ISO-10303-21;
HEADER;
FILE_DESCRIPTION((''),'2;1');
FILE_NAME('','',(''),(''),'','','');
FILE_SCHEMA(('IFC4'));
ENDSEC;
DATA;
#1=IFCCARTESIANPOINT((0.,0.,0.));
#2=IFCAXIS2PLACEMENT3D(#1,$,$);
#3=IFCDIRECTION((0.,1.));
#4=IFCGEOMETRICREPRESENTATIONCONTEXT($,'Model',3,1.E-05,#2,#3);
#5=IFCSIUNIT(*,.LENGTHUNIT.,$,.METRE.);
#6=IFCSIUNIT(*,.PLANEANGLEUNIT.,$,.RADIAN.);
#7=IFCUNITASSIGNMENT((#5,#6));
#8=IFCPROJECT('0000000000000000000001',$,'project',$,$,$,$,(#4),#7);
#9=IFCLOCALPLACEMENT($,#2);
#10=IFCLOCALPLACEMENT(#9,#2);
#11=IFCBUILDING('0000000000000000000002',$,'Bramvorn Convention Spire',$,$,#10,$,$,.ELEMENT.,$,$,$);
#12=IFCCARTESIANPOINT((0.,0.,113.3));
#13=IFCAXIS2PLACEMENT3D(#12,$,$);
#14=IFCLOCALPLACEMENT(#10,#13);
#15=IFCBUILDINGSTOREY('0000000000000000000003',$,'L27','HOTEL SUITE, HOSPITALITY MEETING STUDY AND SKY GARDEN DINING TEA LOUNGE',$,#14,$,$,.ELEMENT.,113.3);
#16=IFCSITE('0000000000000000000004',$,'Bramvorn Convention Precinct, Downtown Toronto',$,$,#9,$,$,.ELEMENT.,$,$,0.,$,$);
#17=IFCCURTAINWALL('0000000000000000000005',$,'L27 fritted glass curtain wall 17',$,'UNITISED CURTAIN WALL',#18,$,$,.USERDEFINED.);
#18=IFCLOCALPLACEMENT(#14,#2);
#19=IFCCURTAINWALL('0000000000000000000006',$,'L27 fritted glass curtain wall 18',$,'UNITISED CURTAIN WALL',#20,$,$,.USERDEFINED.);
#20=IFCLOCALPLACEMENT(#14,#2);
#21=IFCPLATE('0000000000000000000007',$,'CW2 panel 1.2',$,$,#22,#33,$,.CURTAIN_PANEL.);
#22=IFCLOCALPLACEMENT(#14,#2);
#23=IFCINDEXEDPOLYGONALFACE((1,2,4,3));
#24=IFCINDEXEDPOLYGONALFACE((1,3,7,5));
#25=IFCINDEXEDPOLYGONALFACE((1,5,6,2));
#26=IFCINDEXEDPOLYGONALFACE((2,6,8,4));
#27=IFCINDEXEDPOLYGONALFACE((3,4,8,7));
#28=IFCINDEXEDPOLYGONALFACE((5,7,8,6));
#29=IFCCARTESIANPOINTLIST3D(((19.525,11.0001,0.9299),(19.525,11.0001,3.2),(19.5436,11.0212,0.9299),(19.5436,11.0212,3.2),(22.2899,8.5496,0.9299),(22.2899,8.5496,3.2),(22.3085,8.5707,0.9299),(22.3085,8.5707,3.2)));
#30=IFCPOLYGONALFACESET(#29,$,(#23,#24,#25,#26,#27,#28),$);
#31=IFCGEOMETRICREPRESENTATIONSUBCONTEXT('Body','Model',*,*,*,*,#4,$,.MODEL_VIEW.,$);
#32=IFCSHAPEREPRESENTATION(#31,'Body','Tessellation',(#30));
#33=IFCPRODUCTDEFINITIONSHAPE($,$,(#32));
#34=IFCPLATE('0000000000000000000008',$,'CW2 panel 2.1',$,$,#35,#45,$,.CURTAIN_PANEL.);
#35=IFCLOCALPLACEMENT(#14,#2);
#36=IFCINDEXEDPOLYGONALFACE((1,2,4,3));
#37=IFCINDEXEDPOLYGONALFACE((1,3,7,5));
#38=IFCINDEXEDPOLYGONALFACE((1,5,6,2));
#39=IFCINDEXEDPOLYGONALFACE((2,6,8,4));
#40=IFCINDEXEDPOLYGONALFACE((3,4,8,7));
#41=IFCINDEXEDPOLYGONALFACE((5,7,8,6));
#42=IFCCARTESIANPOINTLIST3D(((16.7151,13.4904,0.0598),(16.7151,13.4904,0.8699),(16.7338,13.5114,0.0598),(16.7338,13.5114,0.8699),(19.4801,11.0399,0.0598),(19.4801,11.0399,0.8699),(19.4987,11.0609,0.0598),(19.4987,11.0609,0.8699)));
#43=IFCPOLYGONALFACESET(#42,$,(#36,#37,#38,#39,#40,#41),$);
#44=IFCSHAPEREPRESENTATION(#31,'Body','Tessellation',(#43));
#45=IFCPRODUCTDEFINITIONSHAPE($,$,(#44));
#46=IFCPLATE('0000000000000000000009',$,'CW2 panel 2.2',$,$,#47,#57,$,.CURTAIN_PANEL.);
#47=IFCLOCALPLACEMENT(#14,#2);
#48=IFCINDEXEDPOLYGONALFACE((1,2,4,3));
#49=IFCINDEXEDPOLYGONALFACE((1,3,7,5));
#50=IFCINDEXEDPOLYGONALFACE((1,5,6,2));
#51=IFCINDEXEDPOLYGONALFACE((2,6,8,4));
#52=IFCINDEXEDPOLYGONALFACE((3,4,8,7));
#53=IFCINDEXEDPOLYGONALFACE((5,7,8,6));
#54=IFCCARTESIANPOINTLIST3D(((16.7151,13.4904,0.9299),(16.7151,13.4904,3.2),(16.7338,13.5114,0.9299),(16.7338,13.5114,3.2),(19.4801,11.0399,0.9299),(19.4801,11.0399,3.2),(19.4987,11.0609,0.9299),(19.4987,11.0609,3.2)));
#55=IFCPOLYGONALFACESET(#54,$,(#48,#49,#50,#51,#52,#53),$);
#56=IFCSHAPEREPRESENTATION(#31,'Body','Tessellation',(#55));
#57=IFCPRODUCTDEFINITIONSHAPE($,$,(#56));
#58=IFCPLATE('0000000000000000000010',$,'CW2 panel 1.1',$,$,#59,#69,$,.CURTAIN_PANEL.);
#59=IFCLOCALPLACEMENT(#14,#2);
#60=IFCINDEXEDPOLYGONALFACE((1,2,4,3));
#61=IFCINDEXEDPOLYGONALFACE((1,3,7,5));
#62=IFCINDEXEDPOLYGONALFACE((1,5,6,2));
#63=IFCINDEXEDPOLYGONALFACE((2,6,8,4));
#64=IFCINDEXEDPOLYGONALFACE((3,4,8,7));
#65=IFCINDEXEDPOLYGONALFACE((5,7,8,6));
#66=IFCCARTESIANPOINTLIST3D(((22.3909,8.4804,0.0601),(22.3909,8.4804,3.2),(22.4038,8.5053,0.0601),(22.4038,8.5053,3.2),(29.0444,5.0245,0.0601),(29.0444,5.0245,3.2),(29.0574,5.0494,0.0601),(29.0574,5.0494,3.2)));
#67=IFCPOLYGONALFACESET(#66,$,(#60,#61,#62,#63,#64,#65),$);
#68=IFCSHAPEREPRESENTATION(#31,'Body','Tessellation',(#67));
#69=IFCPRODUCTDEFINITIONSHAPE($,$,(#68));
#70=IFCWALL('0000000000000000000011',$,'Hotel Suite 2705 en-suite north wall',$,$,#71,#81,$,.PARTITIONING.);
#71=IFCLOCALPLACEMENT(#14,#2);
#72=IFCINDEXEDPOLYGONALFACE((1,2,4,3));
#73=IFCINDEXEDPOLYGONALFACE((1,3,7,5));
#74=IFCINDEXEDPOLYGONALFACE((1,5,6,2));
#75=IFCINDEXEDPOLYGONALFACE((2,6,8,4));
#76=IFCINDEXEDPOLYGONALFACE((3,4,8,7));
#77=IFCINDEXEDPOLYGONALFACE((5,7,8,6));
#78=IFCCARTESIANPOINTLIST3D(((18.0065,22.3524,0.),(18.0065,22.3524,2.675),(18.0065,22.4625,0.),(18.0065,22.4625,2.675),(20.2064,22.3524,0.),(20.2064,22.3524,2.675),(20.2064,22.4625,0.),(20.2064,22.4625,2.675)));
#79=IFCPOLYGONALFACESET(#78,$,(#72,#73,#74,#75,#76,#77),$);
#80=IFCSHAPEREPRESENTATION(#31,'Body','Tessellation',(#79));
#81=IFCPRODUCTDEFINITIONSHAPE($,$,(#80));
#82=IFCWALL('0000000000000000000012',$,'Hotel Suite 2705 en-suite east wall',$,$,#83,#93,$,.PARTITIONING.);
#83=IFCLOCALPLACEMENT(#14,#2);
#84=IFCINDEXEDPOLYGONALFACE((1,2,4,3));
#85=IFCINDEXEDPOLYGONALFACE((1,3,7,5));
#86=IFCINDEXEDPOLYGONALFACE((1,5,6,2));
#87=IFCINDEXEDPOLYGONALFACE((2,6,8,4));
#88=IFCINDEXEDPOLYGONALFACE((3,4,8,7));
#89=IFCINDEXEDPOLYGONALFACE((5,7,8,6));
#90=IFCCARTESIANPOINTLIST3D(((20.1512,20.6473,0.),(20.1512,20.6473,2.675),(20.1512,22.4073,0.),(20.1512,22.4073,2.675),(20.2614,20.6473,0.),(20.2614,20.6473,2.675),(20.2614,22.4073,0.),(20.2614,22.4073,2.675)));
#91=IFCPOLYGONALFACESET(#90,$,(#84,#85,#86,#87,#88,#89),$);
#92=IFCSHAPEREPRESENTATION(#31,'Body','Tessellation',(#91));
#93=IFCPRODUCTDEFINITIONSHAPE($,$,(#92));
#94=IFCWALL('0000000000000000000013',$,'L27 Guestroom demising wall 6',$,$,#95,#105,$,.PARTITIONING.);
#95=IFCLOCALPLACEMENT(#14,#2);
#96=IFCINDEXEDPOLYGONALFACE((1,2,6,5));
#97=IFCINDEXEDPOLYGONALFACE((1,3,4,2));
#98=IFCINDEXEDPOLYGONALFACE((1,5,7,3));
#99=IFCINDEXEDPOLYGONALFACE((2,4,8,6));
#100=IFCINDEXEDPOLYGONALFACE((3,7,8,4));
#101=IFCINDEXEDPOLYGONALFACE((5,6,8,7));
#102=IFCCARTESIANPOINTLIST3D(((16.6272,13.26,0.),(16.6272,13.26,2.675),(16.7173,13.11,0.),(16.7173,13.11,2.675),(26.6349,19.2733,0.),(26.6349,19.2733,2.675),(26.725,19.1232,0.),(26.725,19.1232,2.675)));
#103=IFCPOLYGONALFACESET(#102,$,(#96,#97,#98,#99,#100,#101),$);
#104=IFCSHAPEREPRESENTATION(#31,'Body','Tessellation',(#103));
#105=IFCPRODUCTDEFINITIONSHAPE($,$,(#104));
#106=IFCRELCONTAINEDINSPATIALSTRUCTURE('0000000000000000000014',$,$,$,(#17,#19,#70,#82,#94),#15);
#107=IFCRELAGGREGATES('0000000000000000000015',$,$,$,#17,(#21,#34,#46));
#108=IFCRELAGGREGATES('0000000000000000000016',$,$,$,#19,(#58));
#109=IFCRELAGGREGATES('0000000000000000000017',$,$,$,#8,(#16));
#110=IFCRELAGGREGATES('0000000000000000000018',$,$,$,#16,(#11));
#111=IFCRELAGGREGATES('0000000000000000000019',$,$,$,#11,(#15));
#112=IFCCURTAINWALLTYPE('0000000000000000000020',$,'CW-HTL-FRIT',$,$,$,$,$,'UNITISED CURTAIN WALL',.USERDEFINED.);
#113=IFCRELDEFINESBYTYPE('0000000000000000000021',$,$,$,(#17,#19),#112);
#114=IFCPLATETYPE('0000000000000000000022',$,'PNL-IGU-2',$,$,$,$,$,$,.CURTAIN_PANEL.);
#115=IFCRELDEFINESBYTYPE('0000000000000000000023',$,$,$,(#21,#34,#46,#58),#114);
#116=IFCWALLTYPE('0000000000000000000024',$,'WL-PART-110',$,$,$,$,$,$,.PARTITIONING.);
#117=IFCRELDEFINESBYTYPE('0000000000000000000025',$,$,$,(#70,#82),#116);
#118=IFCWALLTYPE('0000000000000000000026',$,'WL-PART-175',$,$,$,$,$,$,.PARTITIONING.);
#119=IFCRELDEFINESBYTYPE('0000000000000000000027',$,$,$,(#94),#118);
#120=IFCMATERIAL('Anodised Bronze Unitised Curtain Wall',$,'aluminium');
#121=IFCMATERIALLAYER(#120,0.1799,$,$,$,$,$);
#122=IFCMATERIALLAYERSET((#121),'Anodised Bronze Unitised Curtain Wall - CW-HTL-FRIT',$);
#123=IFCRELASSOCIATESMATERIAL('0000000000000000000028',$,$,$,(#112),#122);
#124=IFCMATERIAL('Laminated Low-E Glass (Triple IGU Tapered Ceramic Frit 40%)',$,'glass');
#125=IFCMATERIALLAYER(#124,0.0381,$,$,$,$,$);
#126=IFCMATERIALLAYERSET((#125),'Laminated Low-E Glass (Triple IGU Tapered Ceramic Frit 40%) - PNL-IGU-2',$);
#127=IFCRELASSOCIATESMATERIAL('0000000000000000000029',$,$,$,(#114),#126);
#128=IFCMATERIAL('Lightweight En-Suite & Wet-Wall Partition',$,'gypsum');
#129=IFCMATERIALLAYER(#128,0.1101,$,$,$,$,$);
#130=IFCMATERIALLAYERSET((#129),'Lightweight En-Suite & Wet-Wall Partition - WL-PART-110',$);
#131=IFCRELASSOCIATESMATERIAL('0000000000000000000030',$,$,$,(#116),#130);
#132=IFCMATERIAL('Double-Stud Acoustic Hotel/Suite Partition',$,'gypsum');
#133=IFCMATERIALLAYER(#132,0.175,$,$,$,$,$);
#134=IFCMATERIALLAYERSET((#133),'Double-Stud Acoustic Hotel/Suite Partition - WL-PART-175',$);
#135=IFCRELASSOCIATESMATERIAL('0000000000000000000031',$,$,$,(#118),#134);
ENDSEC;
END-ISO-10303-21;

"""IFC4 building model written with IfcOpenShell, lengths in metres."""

from ifc_helpers import new_model, si_unit, direction, frame, frame_2d, origin, origin_2d, place, context, subcontext, project, spatial, rectangle, extrude, material, layer, layer_set, type_object, element, aggregate, save


model = new_model("IFC4")

# Units and contexts
model_context = context("Model", 3, precision=1e-05, world=origin(), true_north=direction((0.0, 1.0)))
body_context = subcontext(model_context, "Body", "Model", "MODEL_VIEW")
ifc_project = project(units=[si_unit("LENGTHUNIT", "METRE"), si_unit("PLANEANGLEUNIT", "RADIAN")], contexts=[model_context])

# Site, building, storey
site_placement = place(None, origin())
site = spatial("IfcSite", under=ifc_project, at=site_placement, Name="Bramvorn Convention Precinct, Downtown Toronto", CompositionType="ELEMENT", RefElevation=0.0)
building_placement = place(site_placement, origin())
building = spatial("IfcBuilding", under=site, at=building_placement, Name="Bramvorn Convention Spire", CompositionType="ELEMENT")
storey_placement = place(building_placement, frame((0.0, 0.0, 113.3)))
storey = spatial("IfcBuildingStorey", under=building, at=storey_placement, Name="L27", Description="HOTEL SUITE, HOSPITALITY MEETING STUDY AND SKY GARDEN DINING TEA LOUNGE", CompositionType="ELEMENT", Elevation=113.3)

# Curtain wall
ifc_material_1 = material(Name="Anodised Bronze Unitised Curtain Wall", Category="aluminium")
ifc_layer_1 = layer(ifc_material_1, 0.1799)
ifc_layer_set_1 = layer_set([ifc_layer_1], Name="Anodised Bronze Unitised Curtain Wall - CW-HTL-FRIT")
curtain_wall_type = type_object("IfcCurtainWallType", Name="CW-HTL-FRIT", ElementType="UNITISED CURTAIN WALL", PredefinedType="USERDEFINED", material=ifc_layer_set_1)
curtain_wall_1_placement = place(storey_placement, origin())
curtain_wall_1 = element("IfcCurtainWall", 1, at=curtain_wall_1_placement, inside=storey, type_object=curtain_wall_type, Name="L27 fritted glass curtain wall 17", ObjectType="UNITISED CURTAIN WALL", PredefinedType="USERDEFINED")

# Curtain wall
curtain_wall_2_placement = place(storey_placement, origin())
curtain_wall_2 = element("IfcCurtainWall", 2, at=curtain_wall_2_placement, inside=storey, type_object=curtain_wall_type, Name="L27 fritted glass curtain wall 18", ObjectType="UNITISED CURTAIN WALL", PredefinedType="USERDEFINED")

# Plates
ifc_material_2 = material(Name="Laminated Low-E Glass (Triple IGU Tapered Ceramic Frit 40%)", Category="glass")
ifc_layer_2 = layer(ifc_material_2, 0.0381)
ifc_layer_set_2 = layer_set([ifc_layer_2], Name="Laminated Low-E Glass (Triple IGU Tapered Ceramic Frit 40%) - PNL-IGU-2")
plate_type = type_object("IfcPlateType", Name="PNL-IGU-2", PredefinedType="CURTAIN_PANEL", material=ifc_layer_set_2)
plate_1_placement = place(storey_placement, frame((20.9167, 9.7854, 0.9299), z_axis=(0.0, 0.0, 1.0), x_axis=(-0.748379, 0.663271, 0.0)))
plate_1 = element("IfcPlate", 3, at=plate_1_placement, type_object=plate_type, Name="CW2 panel 1.2", PredefinedType="CURTAIN_PANEL", context=body_context, shape_type="SweptSolid", body=[
    extrude(rectangle(XDim=3.6946, YDim=0.0281, at=origin_2d()), origin(), (0.0, 0.0, 1.0), 2.27),
])
plate_2_placement = place(storey_placement, frame((18.1069, 12.2756, 0.0598), z_axis=(0.0, 0.0, 1.0), x_axis=(-0.748379, 0.663271, 0.0)))
plate_2 = element("IfcPlate", 4, at=plate_2_placement, type_object=plate_type, Name="CW2 panel 2.1", PredefinedType="CURTAIN_PANEL", context=body_context, shape_type="SweptSolid", body=[
    extrude(rectangle(XDim=3.6946, YDim=0.0281, at=origin_2d()), origin(), (0.0, 0.0, 1.0), 0.8101),
])
plate_3_placement = place(storey_placement, frame((18.1069, 12.2756, 0.9299), z_axis=(0.0, 0.0, 1.0), x_axis=(-0.748379, 0.663271, 0.0)))
plate_3 = element("IfcPlate", 5, at=plate_3_placement, type_object=plate_type, Name="CW2 panel 2.2", PredefinedType="CURTAIN_PANEL", context=body_context, shape_type="SweptSolid", body=[
    extrude(rectangle(XDim=3.6946, YDim=0.0281, at=origin_2d()), origin(), (0.0, 0.0, 1.0), 2.27),
])
aggregate(curtain_wall_1, [plate_1, plate_2, plate_3])
plate_4_placement = place(storey_placement, frame((25.7241, 6.7649, 0.0601), z_axis=(0.0, 0.0, 1.0), x_axis=(-0.887432, 0.460939, 0.0)))
plate_4 = element("IfcPlate", 6, at=plate_4_placement, type_object=plate_type, Name="CW2 panel 1.1", PredefinedType="CURTAIN_PANEL", context=body_context, shape_type="SweptSolid", body=[
    extrude(rectangle(XDim=7.4976, YDim=0.0281, at=origin_2d()), origin(), (0.0, 0.0, 1.0), 3.1399),
])
aggregate(curtain_wall_2, [plate_4])

# Walls
ifc_material_3 = material(Name="Lightweight En-Suite & Wet-Wall Partition", Category="gypsum")
ifc_layer_3 = layer(ifc_material_3, 0.1101)
ifc_layer_set_3 = layer_set([ifc_layer_3], Name="Lightweight En-Suite & Wet-Wall Partition - WL-PART-110")
wall_type_1 = type_object("IfcWallType", Name="WL-PART-110", PredefinedType="PARTITIONING", material=ifc_layer_set_3)
wall_1_placement = place(storey_placement, frame((18.0063, 22.4075, 0.0), z_axis=(0.0, 0.0, 1.0), x_axis=(1.0, 0.0, 0.0)))
element("IfcWall", 7, at=wall_1_placement, inside=storey, type_object=wall_type_1, Name="Hotel Suite 2705 en-suite north wall", PredefinedType="PARTITIONING", context=body_context, shape_type="SweptSolid", body=[
    extrude(rectangle(XDim=2.2, YDim=0.1101, at=frame_2d((1.1001, 0.0))), origin(), (0.0, 0.0, 1.0), 2.675),
])
wall_2_placement = place(storey_placement, frame((20.2063, 20.6475, 0.0), z_axis=(0.0, 0.0, 1.0), x_axis=(0.0, 1.0, 0.0)))
element("IfcWall", 8, at=wall_2_placement, inside=storey, type_object=wall_type_1, Name="Hotel Suite 2705 en-suite east wall", PredefinedType="PARTITIONING", context=body_context, shape_type="SweptSolid", body=[
    extrude(rectangle(XDim=1.76, YDim=0.1101, at=frame_2d((0.8799, 0.0))), origin(), (0.0, 0.0, 1.0), 2.675),
])
ifc_material_4 = material(Name="Double-Stud Acoustic Hotel/Suite Partition", Category="gypsum")
ifc_layer_4 = layer(ifc_material_4, 0.175)
ifc_layer_set_4 = layer_set([ifc_layer_4], Name="Double-Stud Acoustic Hotel/Suite Partition - WL-PART-175")
wall_type_2 = type_object("IfcWallType", Name="WL-PART-175", PredefinedType="PARTITIONING", material=ifc_layer_set_4)
wall_3_placement = place(storey_placement, frame((26.6799, 19.1982, 0.0), z_axis=(0.0, 0.0, 1.0), x_axis=(-0.857166, -0.51504, 0.0)))
element("IfcWall", 9, at=wall_3_placement, inside=storey, type_object=wall_type_2, Name="L27 Guestroom demising wall 6", PredefinedType="PARTITIONING", context=body_context, shape_type="SweptSolid", body=[
    extrude(rectangle(XDim=11.6753, YDim=0.175, at=frame_2d((5.8376, 0.0))), origin(), (0.0, 0.0, 1.0), 2.675),
])

save(model, "model.ifc")
